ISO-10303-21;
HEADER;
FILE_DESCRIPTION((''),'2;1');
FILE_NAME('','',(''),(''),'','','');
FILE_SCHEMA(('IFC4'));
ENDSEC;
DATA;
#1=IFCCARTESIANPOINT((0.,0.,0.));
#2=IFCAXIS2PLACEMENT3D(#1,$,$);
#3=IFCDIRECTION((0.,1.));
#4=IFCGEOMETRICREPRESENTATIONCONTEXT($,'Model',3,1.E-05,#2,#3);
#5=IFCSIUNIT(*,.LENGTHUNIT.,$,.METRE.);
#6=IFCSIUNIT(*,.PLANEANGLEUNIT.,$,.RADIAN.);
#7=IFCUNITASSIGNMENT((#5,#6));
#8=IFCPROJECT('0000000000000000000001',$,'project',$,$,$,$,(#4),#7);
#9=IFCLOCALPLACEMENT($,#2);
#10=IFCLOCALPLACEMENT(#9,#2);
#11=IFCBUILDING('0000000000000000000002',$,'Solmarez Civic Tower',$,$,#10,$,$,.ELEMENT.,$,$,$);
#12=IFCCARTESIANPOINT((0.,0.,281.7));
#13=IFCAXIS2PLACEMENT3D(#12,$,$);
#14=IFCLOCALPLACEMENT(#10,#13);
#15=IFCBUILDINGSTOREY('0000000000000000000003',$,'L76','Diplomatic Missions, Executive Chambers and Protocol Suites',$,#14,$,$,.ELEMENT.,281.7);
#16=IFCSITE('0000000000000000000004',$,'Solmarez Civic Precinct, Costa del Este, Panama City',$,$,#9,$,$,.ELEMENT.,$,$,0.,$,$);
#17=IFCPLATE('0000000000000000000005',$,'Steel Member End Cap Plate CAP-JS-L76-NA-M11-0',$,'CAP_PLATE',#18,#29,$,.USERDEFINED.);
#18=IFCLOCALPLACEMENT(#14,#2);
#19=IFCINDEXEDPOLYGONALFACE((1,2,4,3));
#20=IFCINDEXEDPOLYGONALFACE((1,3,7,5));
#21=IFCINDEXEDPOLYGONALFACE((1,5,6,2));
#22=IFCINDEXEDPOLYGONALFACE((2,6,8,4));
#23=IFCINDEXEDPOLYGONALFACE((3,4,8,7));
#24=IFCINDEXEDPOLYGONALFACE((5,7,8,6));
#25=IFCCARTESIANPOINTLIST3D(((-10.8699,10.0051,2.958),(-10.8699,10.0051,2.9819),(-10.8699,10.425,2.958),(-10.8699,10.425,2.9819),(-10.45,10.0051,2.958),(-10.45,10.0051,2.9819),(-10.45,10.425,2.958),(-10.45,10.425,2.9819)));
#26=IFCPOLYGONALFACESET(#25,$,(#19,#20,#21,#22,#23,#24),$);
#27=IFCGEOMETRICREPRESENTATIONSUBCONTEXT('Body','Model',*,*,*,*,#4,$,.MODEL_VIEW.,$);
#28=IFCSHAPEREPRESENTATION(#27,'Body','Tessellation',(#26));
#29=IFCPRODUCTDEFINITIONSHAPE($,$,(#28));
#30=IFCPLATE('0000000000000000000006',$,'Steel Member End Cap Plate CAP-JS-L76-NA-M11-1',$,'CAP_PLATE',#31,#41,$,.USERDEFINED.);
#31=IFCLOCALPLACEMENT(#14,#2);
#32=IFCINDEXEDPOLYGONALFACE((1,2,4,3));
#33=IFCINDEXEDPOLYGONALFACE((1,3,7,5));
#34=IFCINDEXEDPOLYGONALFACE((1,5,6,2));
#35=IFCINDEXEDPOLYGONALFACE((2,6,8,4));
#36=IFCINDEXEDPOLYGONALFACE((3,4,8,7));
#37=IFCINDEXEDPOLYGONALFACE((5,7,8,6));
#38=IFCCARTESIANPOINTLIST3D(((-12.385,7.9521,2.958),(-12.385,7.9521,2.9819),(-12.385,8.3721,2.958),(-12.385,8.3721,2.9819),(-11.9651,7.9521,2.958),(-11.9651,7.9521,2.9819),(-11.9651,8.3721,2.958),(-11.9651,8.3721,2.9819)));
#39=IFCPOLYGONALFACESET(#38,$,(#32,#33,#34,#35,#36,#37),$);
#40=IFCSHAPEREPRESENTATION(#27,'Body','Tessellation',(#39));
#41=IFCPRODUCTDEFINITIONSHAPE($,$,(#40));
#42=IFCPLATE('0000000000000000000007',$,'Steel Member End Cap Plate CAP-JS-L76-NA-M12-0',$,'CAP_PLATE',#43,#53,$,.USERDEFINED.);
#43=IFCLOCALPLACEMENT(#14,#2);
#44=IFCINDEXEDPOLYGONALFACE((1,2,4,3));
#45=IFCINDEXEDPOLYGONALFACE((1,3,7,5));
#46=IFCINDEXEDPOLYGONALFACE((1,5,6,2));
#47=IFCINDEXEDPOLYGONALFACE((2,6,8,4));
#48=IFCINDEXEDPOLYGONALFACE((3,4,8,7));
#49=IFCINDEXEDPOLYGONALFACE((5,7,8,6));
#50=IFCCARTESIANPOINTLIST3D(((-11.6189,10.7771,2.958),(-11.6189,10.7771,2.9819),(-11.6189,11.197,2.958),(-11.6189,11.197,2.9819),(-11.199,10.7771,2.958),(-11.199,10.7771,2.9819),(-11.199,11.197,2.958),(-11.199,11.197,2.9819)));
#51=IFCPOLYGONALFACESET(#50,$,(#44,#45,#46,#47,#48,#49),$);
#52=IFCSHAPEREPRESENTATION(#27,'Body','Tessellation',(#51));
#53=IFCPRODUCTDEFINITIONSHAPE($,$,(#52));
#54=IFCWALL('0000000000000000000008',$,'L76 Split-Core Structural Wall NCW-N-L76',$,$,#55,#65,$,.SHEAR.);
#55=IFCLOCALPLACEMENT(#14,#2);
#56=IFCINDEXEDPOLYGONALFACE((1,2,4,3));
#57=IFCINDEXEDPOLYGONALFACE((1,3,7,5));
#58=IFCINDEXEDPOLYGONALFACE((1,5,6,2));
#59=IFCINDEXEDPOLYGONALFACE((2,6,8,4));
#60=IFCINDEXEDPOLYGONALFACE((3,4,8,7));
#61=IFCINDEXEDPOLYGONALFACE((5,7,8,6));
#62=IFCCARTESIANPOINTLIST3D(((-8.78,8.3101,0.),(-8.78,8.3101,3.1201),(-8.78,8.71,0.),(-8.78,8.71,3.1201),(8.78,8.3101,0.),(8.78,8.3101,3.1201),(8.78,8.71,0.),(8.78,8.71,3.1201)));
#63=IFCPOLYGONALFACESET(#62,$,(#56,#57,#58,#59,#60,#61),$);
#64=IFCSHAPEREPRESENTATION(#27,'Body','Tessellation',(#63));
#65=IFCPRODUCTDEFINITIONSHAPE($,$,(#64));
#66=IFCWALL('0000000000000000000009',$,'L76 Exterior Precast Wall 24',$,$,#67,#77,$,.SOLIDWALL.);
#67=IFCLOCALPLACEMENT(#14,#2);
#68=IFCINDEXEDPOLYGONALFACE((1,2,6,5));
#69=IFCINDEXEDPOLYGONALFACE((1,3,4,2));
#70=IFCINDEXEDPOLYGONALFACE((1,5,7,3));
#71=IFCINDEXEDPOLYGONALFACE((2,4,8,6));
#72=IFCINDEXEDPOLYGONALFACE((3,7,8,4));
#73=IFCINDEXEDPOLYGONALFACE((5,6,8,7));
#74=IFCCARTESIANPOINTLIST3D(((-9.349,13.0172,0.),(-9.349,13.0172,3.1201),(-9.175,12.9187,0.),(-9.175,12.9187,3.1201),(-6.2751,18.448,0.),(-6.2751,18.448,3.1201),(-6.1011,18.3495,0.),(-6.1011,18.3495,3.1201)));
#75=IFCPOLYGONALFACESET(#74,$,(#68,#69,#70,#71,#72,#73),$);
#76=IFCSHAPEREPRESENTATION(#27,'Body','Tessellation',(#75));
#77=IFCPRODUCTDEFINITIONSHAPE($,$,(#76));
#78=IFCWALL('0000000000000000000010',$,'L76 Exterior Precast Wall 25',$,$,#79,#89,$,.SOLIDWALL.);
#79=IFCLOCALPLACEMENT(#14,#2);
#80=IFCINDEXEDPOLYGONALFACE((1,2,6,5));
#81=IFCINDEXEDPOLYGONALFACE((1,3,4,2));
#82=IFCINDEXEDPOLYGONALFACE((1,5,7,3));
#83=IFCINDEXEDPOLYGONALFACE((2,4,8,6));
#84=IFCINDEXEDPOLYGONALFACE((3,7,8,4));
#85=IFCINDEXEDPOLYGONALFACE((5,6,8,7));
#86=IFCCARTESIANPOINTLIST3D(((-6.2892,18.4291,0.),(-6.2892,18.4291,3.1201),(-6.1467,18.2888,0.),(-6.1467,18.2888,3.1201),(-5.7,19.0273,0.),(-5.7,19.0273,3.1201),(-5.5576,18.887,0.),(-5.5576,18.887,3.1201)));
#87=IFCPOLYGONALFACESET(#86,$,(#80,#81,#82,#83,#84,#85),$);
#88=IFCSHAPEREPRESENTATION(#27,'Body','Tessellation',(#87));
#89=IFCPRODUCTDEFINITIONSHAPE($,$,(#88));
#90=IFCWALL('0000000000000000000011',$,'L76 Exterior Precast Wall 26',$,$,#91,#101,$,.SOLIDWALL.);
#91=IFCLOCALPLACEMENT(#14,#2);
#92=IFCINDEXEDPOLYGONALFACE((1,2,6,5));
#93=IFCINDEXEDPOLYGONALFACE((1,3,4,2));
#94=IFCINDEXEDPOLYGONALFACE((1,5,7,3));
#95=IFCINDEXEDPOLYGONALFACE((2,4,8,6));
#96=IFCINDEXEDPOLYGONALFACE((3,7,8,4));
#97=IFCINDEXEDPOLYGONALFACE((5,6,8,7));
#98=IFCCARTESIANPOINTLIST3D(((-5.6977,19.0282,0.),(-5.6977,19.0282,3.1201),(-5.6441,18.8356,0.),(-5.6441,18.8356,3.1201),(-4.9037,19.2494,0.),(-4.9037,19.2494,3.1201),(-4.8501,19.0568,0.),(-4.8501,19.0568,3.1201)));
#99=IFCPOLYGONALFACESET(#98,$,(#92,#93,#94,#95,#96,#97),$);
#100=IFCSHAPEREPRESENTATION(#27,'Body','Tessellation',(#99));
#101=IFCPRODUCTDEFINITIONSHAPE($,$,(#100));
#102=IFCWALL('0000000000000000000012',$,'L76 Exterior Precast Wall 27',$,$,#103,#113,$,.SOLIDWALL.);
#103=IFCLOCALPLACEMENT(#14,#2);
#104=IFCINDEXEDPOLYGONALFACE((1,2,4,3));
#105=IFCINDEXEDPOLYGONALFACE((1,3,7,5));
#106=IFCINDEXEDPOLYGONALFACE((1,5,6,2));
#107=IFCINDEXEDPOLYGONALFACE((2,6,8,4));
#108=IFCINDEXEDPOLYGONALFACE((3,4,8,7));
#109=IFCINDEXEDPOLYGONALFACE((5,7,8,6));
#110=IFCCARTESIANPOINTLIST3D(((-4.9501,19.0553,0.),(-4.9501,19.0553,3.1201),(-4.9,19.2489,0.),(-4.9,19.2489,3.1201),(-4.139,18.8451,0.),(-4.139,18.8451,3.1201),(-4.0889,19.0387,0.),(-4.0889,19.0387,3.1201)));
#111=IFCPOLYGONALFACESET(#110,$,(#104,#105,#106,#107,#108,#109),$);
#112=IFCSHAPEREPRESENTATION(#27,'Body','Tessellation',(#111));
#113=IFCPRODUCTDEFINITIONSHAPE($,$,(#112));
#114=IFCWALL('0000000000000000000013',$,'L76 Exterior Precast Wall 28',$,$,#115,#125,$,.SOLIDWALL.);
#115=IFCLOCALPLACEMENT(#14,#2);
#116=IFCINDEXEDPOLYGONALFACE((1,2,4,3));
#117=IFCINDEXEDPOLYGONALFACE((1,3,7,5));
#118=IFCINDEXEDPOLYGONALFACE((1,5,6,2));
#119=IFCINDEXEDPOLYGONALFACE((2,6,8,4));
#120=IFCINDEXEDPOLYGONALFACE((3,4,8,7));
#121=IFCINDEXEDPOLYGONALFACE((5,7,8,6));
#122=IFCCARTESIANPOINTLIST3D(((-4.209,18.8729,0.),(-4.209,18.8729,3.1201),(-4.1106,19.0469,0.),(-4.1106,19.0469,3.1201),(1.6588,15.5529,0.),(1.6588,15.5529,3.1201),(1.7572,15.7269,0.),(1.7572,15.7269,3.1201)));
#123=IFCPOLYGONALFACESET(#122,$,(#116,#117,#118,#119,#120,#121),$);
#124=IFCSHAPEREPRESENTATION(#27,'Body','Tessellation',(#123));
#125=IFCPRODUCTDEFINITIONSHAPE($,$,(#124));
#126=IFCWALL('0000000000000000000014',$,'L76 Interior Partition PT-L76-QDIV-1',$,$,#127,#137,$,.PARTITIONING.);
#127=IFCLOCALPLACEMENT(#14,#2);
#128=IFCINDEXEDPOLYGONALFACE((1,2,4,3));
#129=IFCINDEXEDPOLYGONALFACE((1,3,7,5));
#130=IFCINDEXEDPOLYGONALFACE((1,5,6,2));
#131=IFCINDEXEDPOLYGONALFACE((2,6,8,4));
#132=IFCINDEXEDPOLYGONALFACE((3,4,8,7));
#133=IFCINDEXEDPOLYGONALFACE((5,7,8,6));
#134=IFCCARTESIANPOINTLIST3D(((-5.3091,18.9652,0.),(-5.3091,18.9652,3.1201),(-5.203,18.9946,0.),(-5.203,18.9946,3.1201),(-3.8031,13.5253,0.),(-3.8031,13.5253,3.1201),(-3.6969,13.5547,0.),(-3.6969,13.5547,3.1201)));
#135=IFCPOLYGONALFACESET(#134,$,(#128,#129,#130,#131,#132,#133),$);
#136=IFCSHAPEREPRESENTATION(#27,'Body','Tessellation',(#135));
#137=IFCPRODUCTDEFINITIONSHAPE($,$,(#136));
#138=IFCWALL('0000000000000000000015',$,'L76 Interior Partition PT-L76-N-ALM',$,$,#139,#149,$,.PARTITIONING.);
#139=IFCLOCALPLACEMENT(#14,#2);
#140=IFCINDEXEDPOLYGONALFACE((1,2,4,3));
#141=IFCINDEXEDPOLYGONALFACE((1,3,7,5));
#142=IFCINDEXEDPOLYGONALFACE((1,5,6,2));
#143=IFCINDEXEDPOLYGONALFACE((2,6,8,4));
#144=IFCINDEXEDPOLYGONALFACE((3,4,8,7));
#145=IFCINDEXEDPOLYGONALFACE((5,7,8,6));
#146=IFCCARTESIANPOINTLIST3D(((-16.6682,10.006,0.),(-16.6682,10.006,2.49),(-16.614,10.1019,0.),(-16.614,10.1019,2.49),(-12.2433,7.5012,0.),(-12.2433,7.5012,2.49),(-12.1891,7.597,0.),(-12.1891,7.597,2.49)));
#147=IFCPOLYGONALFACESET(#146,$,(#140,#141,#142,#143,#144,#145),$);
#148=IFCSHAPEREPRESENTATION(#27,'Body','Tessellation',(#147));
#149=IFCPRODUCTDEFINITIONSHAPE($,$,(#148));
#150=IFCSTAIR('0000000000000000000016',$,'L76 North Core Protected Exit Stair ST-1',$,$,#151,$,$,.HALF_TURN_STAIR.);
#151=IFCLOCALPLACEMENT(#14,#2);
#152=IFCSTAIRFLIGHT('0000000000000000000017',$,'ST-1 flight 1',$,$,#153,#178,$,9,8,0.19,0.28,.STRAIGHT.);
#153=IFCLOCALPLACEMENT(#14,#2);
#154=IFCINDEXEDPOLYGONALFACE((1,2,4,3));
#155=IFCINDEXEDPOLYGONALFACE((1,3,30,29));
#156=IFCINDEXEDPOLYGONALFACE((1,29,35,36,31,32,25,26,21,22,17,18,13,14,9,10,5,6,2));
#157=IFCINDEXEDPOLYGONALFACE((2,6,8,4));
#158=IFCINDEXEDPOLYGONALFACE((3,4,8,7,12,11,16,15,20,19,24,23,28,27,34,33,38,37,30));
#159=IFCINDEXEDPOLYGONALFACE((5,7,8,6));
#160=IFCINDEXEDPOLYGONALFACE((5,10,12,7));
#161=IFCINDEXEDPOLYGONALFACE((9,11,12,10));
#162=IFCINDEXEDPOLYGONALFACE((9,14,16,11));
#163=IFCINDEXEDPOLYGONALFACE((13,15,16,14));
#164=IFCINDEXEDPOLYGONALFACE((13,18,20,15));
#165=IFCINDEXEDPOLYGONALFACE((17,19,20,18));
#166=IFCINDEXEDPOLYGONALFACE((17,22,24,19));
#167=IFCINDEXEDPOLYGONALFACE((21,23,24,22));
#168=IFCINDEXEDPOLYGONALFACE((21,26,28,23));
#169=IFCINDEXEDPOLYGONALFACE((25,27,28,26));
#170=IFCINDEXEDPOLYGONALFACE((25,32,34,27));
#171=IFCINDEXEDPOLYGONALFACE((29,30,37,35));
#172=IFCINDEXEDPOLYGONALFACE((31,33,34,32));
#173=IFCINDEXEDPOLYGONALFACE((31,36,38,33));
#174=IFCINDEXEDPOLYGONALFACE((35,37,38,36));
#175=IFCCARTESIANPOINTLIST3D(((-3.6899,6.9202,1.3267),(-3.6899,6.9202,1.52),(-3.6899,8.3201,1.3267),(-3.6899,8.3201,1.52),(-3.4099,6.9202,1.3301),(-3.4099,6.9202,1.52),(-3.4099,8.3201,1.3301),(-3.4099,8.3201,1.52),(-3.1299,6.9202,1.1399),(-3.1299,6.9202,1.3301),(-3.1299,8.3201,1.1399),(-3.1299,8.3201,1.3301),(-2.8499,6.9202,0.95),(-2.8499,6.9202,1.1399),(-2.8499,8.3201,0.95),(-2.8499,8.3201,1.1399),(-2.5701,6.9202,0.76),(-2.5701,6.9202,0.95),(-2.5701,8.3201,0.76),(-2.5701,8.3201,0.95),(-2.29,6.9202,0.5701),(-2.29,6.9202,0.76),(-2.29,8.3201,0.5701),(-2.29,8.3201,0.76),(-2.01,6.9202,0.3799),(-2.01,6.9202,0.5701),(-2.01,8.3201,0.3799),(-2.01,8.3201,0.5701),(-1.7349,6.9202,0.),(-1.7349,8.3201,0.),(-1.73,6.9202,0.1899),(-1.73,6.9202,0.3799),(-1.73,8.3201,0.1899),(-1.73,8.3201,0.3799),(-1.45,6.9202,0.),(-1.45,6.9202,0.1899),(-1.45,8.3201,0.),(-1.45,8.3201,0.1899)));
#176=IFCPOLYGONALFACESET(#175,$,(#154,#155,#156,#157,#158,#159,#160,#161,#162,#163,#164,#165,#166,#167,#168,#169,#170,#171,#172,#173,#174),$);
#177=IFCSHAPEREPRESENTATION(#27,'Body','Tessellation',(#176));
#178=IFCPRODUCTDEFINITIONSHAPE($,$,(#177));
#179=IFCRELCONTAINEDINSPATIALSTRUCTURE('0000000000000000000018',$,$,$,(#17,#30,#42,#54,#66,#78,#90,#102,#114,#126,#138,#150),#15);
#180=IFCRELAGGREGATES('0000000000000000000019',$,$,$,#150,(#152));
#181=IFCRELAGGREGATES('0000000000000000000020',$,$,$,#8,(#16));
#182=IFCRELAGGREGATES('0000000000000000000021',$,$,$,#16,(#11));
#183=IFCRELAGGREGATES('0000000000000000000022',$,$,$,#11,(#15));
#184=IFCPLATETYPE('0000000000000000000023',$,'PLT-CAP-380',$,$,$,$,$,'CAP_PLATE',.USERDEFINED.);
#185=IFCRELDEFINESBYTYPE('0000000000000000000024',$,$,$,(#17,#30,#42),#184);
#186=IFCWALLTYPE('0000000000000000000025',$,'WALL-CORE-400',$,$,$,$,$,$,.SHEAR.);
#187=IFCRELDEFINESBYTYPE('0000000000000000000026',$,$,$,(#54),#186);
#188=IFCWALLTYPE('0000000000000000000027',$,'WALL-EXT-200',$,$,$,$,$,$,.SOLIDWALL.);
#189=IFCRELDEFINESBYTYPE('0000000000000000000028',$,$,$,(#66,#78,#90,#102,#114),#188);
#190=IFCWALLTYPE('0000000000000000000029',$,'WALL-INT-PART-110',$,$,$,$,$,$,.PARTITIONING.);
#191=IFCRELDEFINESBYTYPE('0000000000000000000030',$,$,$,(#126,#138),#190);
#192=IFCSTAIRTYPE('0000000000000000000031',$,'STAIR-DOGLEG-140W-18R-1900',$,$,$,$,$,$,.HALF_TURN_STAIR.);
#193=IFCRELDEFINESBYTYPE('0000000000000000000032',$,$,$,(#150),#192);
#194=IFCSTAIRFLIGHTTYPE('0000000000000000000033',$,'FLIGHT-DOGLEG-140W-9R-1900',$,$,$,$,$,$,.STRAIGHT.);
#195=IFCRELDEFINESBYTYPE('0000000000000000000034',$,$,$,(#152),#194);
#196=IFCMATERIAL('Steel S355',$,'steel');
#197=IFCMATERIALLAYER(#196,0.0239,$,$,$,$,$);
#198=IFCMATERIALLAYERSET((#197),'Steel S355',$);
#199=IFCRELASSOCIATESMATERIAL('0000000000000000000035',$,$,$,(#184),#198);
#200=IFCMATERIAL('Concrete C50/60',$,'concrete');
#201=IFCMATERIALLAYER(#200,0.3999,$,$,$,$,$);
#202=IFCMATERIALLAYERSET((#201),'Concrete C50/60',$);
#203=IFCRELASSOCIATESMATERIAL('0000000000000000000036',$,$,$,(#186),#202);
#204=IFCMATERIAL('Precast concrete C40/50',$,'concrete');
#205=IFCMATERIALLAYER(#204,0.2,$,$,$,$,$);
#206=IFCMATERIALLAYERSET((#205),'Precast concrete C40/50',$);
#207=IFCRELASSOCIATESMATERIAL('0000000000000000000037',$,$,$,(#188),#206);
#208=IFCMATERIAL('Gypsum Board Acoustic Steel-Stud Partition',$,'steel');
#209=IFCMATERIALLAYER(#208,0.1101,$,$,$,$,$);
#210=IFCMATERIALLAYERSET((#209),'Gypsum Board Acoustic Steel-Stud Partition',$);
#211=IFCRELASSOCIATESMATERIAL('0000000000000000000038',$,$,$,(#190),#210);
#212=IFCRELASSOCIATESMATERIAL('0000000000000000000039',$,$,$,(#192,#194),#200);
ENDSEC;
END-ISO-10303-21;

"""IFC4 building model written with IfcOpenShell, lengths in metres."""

from ifc_helpers import new_model, si_unit, direction, frame, frame_2d, origin, origin_2d, place, context, subcontext, project, spatial, polyline, rectangle, outline, extrude, material, layer, layer_set, type_object, element, aggregate, save


model = new_model("IFC4")

# Units and contexts
model_context = context("Model", 3, precision=1e-05, world=origin(), true_north=direction((0.0, 1.0)))
body_context = subcontext(model_context, "Body", "Model", "MODEL_VIEW")
ifc_project = project(units=[si_unit("LENGTHUNIT", "METRE"), si_unit("PLANEANGLEUNIT", "RADIAN")], contexts=[model_context])

# Site, building, storey
site_placement = place(None, origin())
site = spatial("IfcSite", under=ifc_project, at=site_placement, Name="Solmarez Civic Precinct, Costa del Este, Panama City", CompositionType="ELEMENT", RefElevation=0.0)
building_placement = place(site_placement, origin())
building = spatial("IfcBuilding", under=site, at=building_placement, Name="Solmarez Civic Tower", CompositionType="ELEMENT")
storey_placement = place(building_placement, frame((0.0, 0.0, 281.7)))
storey = spatial("IfcBuildingStorey", under=building, at=storey_placement, Name="L76", Description="Diplomatic Missions, Executive Chambers and Protocol Suites", CompositionType="ELEMENT", Elevation=281.7)

# Shared definitions
ifc_material_1 = material(Name="Concrete C50/60", Category="concrete")

# Shared definitions
ifc_material_2 = material(Name="Steel S355", Category="steel")

# Plates
ifc_layer_1 = layer(ifc_material_2, 0.0239)
ifc_layer_set_1 = layer_set([ifc_layer_1], Name="Steel S355")
plate_type = type_object("IfcPlateType", Name="PLT-CAP-380", ElementType="CAP_PLATE", PredefinedType="USERDEFINED", material=ifc_layer_set_1)
for number, where, z_axis, x_axis, name in (
    (1, (-10.6599, 10.2151, 2.958), (0.0, 0.0, 1.0), (1.0, 0.0, 0.0), "Steel Member End Cap Plate CAP-JS-L76-NA-M11-0"),
    (2, (-12.175, 8.1621, 2.958), (0.0, 0.0, 1.0), (1.0, 0.0, 0.0), "Steel Member End Cap Plate CAP-JS-L76-NA-M11-1"),
    (3, (-11.4089, 10.9871, 2.958), (0.0, 0.0, 1.0), (1.0, 0.0, 0.0), "Steel Member End Cap Plate CAP-JS-L76-NA-M12-0"),
):
    element("IfcPlate", number, at=place(storey_placement, frame(where, z_axis=z_axis, x_axis=x_axis)), inside=storey, type_object=plate_type, Name=name, ObjectType="CAP_PLATE", PredefinedType="USERDEFINED", context=body_context, shape_type="SweptSolid", body=[
        extrude(rectangle(XDim=0.4199, YDim=0.4199, at=origin_2d()), origin(), (0.0, 0.0, 1.0), 0.0239),
    ])

# Walls
ifc_layer_2 = layer(ifc_material_1, 0.3999)
ifc_layer_set_2 = layer_set([ifc_layer_2], Name="Concrete C50/60")
wall_type_1 = type_object("IfcWallType", Name="WALL-CORE-400", PredefinedType="SHEAR", material=ifc_layer_set_2)
wall_1_placement = place(storey_placement, frame((-8.78, 8.51, 0.0), z_axis=(0.0, 0.0, 1.0), x_axis=(1.0, 0.0, 0.0)))
element("IfcWall", 4, at=wall_1_placement, inside=storey, type_object=wall_type_1, Name="L76 Split-Core Structural Wall NCW-N-L76", PredefinedType="SHEAR", context=body_context, shape_type="SweptSolid", body=[
    extrude(rectangle(XDim=17.5601, YDim=0.3999, at=frame_2d((8.78, 0.0))), origin(), (0.0, 0.0, 1.0), 3.1201),
])
ifc_material_3 = material(Name="Precast concrete C40/50", Category="concrete")
ifc_layer_3 = layer(ifc_material_3, 0.2)
ifc_layer_set_3 = layer_set([ifc_layer_3], Name="Precast concrete C40/50")
wall_type_2 = type_object("IfcWallType", Name="WALL-EXT-200", PredefinedType="SOLIDWALL", material=ifc_layer_set_3)
wall_2_placement = place(storey_placement, frame((-9.262, 12.968, 0.0), z_axis=(0.0, 0.0, 1.0), x_axis=(0.492583, 0.870265, 0.0)))
element("IfcWall", 5, at=wall_2_placement, inside=storey, type_object=wall_type_2, Name="L76 Exterior Precast Wall 24", PredefinedType="SOLIDWALL", context=body_context, shape_type="SweptSolid", body=[
    extrude(rectangle(XDim=6.2405, YDim=0.2, at=frame_2d((3.1201, 0.0))), origin(), (0.0, 0.0, 1.0), 3.1201),
])
wall_3_placement = place(storey_placement, frame((-6.218, 18.3589, 0.0), z_axis=(0.0, 0.0, 1.0), x_axis=(0.701706, 0.712466, 0.0)))
element("IfcWall", 6, at=wall_3_placement, inside=storey, type_object=wall_type_2, Name="L76 Exterior Precast Wall 25", PredefinedType="SOLIDWALL", context=body_context, shape_type="SweptSolid", body=[
    extrude(rectangle(XDim=0.8396, YDim=0.2, at=frame_2d((0.4199, 0.0))), origin(), (0.0, 0.0, 1.0), 3.1201),
])
wall_4_placement = place(storey_placement, frame((-5.6709, 18.9319, 0.0), z_axis=(0.0, 0.0, 1.0), x_axis=(0.963314, 0.268377, 0.0)))
element("IfcWall", 7, at=wall_4_placement, inside=storey, type_object=wall_type_2, Name="L76 Exterior Precast Wall 26", PredefinedType="SOLIDWALL", context=body_context, shape_type="SweptSolid", body=[
    extrude(rectangle(XDim=0.8242, YDim=0.2, at=frame_2d((0.4121, 0.0))), origin(), (0.0, 0.0, 1.0), 3.1201),
])
wall_5_placement = place(storey_placement, frame((-4.925, 19.1521, 0.0), z_axis=(0.0, 0.0, 1.0), x_axis=(0.968015, -0.250891, 0.0)))
element("IfcWall", 8, at=wall_5_placement, inside=storey, type_object=wall_type_2, Name="L76 Exterior Precast Wall 27", PredefinedType="SOLIDWALL", context=body_context, shape_type="SweptSolid", body=[
    extrude(rectangle(XDim=0.8379, YDim=0.2, at=frame_2d((0.4189, 0.0))), origin(), (0.0, 0.0, 1.0), 3.1201),
])
wall_6_placement = place(storey_placement, frame((-4.1599, 18.96, 0.0), z_axis=(0.0, 0.0, 1.0), x_axis=(0.870346, -0.492441, 0.0)))
element("IfcWall", 9, at=wall_6_placement, inside=storey, type_object=wall_type_2, Name="L76 Exterior Precast Wall 28", PredefinedType="SOLIDWALL", context=body_context, shape_type="SweptSolid", body=[
    extrude(rectangle(XDim=6.7419, YDim=0.2, at=frame_2d((3.3711, 0.0))), origin(), (0.0, 0.0, 1.0), 3.1201),
])
ifc_material_4 = material(Name="Gypsum Board Acoustic Steel-Stud Partition", Category="steel")
ifc_layer_4 = layer(ifc_material_4, 0.1101)
ifc_layer_set_4 = layer_set([ifc_layer_4], Name="Gypsum Board Acoustic Steel-Stud Partition")
wall_type_3 = type_object("IfcWallType", Name="WALL-INT-PART-110", PredefinedType="PARTITIONING", material=ifc_layer_set_4)
wall_7_placement = place(storey_placement, frame((-3.75, 13.54, 0.0), z_axis=(0.0, 0.0, 1.0), x_axis=(-0.266823, 0.963746, 0.0)))
element("IfcWall", 10, at=wall_7_placement, inside=storey, type_object=wall_type_3, Name="L76 Interior Partition PT-L76-QDIV-1", PredefinedType="PARTITIONING", context=body_context, shape_type="SweptSolid", body=[
    extrude(rectangle(XDim=5.6445, YDim=0.1101, at=frame_2d((2.8223, 0.0))), origin(), (0.0, 0.0, 1.0), 3.1201),
])
wall_8_placement = place(storey_placement, frame((-12.2161, 7.5491, 0.0), z_axis=(0.0, 0.0, 1.0), x_axis=(-0.870245, 0.492619, 0.0)))
element("IfcWall", 11, at=wall_8_placement, inside=storey, type_object=wall_type_3, Name="L76 Interior Partition PT-L76-N-ALM", PredefinedType="PARTITIONING", context=body_context, shape_type="SweptSolid", body=[
    extrude(rectangle(XDim=5.0847, YDim=0.1101, at=frame_2d((2.5425, 0.0))), origin(), (0.0, 0.0, 1.0), 2.49),
])

# Stair, stair flight
stair_type = type_object("IfcStairType", Name="STAIR-DOGLEG-140W-18R-1900", PredefinedType="HALF_TURN_STAIR", material=ifc_material_1)
stair_placement = place(storey_placement, origin())
stair = element("IfcStair", 12, at=stair_placement, inside=storey, type_object=stair_type, Name="L76 North Core Protected Exit Stair ST-1", PredefinedType="HALF_TURN_STAIR")
stair_flight_type = type_object("IfcStairFlightType", Name="FLIGHT-DOGLEG-140W-9R-1900", PredefinedType="STRAIGHT", material=ifc_material_1)
stair_flight_1_placement = place(storey_placement, frame((-1.45, 7.6201, 0.0), z_axis=(0.0, 0.0, 1.0), x_axis=(-1.0, 0.0, 0.0)))
stair_flight_1 = element("IfcStairFlight", 13, at=stair_flight_1_placement, type_object=stair_flight_type, Name="ST-1 flight 1", NumberOfRisers=9, NumberOfTreads=8, PredefinedType="STRAIGHT", RiserHeight=0.19, TreadLength=0.28, context=body_context, shape_type="SweptSolid", body=[
    extrude(outline(polyline([(0.0, 0.0), (0.0, 0.1899), (0.28, 0.1899), (0.28, 0.3799), (0.5601, 0.3799), (0.5601, 0.5701), (0.8401, 0.5701), (0.8401, 0.76), (1.1201, 0.76), (1.1201, 0.95), (1.3999, 0.95), (1.3999, 1.1399), (1.6799, 1.1399), (1.6799, 1.3301), (1.96, 1.3301), (1.96, 1.52), (2.24, 1.52), (2.24, 1.71), (2.24, 1.3267), (0.2849, 0.0), (0.0, 0.0)])), frame((0.0, 0.7, 0.0), z_axis=(0.0, -1.0, 0.0), x_axis=(1.0, 0.0, 0.0)), (0.0, 0.0, 1.0), 1.3999),
])
aggregate(stair, [stair_flight_1])

save(model, "model.ifc")
